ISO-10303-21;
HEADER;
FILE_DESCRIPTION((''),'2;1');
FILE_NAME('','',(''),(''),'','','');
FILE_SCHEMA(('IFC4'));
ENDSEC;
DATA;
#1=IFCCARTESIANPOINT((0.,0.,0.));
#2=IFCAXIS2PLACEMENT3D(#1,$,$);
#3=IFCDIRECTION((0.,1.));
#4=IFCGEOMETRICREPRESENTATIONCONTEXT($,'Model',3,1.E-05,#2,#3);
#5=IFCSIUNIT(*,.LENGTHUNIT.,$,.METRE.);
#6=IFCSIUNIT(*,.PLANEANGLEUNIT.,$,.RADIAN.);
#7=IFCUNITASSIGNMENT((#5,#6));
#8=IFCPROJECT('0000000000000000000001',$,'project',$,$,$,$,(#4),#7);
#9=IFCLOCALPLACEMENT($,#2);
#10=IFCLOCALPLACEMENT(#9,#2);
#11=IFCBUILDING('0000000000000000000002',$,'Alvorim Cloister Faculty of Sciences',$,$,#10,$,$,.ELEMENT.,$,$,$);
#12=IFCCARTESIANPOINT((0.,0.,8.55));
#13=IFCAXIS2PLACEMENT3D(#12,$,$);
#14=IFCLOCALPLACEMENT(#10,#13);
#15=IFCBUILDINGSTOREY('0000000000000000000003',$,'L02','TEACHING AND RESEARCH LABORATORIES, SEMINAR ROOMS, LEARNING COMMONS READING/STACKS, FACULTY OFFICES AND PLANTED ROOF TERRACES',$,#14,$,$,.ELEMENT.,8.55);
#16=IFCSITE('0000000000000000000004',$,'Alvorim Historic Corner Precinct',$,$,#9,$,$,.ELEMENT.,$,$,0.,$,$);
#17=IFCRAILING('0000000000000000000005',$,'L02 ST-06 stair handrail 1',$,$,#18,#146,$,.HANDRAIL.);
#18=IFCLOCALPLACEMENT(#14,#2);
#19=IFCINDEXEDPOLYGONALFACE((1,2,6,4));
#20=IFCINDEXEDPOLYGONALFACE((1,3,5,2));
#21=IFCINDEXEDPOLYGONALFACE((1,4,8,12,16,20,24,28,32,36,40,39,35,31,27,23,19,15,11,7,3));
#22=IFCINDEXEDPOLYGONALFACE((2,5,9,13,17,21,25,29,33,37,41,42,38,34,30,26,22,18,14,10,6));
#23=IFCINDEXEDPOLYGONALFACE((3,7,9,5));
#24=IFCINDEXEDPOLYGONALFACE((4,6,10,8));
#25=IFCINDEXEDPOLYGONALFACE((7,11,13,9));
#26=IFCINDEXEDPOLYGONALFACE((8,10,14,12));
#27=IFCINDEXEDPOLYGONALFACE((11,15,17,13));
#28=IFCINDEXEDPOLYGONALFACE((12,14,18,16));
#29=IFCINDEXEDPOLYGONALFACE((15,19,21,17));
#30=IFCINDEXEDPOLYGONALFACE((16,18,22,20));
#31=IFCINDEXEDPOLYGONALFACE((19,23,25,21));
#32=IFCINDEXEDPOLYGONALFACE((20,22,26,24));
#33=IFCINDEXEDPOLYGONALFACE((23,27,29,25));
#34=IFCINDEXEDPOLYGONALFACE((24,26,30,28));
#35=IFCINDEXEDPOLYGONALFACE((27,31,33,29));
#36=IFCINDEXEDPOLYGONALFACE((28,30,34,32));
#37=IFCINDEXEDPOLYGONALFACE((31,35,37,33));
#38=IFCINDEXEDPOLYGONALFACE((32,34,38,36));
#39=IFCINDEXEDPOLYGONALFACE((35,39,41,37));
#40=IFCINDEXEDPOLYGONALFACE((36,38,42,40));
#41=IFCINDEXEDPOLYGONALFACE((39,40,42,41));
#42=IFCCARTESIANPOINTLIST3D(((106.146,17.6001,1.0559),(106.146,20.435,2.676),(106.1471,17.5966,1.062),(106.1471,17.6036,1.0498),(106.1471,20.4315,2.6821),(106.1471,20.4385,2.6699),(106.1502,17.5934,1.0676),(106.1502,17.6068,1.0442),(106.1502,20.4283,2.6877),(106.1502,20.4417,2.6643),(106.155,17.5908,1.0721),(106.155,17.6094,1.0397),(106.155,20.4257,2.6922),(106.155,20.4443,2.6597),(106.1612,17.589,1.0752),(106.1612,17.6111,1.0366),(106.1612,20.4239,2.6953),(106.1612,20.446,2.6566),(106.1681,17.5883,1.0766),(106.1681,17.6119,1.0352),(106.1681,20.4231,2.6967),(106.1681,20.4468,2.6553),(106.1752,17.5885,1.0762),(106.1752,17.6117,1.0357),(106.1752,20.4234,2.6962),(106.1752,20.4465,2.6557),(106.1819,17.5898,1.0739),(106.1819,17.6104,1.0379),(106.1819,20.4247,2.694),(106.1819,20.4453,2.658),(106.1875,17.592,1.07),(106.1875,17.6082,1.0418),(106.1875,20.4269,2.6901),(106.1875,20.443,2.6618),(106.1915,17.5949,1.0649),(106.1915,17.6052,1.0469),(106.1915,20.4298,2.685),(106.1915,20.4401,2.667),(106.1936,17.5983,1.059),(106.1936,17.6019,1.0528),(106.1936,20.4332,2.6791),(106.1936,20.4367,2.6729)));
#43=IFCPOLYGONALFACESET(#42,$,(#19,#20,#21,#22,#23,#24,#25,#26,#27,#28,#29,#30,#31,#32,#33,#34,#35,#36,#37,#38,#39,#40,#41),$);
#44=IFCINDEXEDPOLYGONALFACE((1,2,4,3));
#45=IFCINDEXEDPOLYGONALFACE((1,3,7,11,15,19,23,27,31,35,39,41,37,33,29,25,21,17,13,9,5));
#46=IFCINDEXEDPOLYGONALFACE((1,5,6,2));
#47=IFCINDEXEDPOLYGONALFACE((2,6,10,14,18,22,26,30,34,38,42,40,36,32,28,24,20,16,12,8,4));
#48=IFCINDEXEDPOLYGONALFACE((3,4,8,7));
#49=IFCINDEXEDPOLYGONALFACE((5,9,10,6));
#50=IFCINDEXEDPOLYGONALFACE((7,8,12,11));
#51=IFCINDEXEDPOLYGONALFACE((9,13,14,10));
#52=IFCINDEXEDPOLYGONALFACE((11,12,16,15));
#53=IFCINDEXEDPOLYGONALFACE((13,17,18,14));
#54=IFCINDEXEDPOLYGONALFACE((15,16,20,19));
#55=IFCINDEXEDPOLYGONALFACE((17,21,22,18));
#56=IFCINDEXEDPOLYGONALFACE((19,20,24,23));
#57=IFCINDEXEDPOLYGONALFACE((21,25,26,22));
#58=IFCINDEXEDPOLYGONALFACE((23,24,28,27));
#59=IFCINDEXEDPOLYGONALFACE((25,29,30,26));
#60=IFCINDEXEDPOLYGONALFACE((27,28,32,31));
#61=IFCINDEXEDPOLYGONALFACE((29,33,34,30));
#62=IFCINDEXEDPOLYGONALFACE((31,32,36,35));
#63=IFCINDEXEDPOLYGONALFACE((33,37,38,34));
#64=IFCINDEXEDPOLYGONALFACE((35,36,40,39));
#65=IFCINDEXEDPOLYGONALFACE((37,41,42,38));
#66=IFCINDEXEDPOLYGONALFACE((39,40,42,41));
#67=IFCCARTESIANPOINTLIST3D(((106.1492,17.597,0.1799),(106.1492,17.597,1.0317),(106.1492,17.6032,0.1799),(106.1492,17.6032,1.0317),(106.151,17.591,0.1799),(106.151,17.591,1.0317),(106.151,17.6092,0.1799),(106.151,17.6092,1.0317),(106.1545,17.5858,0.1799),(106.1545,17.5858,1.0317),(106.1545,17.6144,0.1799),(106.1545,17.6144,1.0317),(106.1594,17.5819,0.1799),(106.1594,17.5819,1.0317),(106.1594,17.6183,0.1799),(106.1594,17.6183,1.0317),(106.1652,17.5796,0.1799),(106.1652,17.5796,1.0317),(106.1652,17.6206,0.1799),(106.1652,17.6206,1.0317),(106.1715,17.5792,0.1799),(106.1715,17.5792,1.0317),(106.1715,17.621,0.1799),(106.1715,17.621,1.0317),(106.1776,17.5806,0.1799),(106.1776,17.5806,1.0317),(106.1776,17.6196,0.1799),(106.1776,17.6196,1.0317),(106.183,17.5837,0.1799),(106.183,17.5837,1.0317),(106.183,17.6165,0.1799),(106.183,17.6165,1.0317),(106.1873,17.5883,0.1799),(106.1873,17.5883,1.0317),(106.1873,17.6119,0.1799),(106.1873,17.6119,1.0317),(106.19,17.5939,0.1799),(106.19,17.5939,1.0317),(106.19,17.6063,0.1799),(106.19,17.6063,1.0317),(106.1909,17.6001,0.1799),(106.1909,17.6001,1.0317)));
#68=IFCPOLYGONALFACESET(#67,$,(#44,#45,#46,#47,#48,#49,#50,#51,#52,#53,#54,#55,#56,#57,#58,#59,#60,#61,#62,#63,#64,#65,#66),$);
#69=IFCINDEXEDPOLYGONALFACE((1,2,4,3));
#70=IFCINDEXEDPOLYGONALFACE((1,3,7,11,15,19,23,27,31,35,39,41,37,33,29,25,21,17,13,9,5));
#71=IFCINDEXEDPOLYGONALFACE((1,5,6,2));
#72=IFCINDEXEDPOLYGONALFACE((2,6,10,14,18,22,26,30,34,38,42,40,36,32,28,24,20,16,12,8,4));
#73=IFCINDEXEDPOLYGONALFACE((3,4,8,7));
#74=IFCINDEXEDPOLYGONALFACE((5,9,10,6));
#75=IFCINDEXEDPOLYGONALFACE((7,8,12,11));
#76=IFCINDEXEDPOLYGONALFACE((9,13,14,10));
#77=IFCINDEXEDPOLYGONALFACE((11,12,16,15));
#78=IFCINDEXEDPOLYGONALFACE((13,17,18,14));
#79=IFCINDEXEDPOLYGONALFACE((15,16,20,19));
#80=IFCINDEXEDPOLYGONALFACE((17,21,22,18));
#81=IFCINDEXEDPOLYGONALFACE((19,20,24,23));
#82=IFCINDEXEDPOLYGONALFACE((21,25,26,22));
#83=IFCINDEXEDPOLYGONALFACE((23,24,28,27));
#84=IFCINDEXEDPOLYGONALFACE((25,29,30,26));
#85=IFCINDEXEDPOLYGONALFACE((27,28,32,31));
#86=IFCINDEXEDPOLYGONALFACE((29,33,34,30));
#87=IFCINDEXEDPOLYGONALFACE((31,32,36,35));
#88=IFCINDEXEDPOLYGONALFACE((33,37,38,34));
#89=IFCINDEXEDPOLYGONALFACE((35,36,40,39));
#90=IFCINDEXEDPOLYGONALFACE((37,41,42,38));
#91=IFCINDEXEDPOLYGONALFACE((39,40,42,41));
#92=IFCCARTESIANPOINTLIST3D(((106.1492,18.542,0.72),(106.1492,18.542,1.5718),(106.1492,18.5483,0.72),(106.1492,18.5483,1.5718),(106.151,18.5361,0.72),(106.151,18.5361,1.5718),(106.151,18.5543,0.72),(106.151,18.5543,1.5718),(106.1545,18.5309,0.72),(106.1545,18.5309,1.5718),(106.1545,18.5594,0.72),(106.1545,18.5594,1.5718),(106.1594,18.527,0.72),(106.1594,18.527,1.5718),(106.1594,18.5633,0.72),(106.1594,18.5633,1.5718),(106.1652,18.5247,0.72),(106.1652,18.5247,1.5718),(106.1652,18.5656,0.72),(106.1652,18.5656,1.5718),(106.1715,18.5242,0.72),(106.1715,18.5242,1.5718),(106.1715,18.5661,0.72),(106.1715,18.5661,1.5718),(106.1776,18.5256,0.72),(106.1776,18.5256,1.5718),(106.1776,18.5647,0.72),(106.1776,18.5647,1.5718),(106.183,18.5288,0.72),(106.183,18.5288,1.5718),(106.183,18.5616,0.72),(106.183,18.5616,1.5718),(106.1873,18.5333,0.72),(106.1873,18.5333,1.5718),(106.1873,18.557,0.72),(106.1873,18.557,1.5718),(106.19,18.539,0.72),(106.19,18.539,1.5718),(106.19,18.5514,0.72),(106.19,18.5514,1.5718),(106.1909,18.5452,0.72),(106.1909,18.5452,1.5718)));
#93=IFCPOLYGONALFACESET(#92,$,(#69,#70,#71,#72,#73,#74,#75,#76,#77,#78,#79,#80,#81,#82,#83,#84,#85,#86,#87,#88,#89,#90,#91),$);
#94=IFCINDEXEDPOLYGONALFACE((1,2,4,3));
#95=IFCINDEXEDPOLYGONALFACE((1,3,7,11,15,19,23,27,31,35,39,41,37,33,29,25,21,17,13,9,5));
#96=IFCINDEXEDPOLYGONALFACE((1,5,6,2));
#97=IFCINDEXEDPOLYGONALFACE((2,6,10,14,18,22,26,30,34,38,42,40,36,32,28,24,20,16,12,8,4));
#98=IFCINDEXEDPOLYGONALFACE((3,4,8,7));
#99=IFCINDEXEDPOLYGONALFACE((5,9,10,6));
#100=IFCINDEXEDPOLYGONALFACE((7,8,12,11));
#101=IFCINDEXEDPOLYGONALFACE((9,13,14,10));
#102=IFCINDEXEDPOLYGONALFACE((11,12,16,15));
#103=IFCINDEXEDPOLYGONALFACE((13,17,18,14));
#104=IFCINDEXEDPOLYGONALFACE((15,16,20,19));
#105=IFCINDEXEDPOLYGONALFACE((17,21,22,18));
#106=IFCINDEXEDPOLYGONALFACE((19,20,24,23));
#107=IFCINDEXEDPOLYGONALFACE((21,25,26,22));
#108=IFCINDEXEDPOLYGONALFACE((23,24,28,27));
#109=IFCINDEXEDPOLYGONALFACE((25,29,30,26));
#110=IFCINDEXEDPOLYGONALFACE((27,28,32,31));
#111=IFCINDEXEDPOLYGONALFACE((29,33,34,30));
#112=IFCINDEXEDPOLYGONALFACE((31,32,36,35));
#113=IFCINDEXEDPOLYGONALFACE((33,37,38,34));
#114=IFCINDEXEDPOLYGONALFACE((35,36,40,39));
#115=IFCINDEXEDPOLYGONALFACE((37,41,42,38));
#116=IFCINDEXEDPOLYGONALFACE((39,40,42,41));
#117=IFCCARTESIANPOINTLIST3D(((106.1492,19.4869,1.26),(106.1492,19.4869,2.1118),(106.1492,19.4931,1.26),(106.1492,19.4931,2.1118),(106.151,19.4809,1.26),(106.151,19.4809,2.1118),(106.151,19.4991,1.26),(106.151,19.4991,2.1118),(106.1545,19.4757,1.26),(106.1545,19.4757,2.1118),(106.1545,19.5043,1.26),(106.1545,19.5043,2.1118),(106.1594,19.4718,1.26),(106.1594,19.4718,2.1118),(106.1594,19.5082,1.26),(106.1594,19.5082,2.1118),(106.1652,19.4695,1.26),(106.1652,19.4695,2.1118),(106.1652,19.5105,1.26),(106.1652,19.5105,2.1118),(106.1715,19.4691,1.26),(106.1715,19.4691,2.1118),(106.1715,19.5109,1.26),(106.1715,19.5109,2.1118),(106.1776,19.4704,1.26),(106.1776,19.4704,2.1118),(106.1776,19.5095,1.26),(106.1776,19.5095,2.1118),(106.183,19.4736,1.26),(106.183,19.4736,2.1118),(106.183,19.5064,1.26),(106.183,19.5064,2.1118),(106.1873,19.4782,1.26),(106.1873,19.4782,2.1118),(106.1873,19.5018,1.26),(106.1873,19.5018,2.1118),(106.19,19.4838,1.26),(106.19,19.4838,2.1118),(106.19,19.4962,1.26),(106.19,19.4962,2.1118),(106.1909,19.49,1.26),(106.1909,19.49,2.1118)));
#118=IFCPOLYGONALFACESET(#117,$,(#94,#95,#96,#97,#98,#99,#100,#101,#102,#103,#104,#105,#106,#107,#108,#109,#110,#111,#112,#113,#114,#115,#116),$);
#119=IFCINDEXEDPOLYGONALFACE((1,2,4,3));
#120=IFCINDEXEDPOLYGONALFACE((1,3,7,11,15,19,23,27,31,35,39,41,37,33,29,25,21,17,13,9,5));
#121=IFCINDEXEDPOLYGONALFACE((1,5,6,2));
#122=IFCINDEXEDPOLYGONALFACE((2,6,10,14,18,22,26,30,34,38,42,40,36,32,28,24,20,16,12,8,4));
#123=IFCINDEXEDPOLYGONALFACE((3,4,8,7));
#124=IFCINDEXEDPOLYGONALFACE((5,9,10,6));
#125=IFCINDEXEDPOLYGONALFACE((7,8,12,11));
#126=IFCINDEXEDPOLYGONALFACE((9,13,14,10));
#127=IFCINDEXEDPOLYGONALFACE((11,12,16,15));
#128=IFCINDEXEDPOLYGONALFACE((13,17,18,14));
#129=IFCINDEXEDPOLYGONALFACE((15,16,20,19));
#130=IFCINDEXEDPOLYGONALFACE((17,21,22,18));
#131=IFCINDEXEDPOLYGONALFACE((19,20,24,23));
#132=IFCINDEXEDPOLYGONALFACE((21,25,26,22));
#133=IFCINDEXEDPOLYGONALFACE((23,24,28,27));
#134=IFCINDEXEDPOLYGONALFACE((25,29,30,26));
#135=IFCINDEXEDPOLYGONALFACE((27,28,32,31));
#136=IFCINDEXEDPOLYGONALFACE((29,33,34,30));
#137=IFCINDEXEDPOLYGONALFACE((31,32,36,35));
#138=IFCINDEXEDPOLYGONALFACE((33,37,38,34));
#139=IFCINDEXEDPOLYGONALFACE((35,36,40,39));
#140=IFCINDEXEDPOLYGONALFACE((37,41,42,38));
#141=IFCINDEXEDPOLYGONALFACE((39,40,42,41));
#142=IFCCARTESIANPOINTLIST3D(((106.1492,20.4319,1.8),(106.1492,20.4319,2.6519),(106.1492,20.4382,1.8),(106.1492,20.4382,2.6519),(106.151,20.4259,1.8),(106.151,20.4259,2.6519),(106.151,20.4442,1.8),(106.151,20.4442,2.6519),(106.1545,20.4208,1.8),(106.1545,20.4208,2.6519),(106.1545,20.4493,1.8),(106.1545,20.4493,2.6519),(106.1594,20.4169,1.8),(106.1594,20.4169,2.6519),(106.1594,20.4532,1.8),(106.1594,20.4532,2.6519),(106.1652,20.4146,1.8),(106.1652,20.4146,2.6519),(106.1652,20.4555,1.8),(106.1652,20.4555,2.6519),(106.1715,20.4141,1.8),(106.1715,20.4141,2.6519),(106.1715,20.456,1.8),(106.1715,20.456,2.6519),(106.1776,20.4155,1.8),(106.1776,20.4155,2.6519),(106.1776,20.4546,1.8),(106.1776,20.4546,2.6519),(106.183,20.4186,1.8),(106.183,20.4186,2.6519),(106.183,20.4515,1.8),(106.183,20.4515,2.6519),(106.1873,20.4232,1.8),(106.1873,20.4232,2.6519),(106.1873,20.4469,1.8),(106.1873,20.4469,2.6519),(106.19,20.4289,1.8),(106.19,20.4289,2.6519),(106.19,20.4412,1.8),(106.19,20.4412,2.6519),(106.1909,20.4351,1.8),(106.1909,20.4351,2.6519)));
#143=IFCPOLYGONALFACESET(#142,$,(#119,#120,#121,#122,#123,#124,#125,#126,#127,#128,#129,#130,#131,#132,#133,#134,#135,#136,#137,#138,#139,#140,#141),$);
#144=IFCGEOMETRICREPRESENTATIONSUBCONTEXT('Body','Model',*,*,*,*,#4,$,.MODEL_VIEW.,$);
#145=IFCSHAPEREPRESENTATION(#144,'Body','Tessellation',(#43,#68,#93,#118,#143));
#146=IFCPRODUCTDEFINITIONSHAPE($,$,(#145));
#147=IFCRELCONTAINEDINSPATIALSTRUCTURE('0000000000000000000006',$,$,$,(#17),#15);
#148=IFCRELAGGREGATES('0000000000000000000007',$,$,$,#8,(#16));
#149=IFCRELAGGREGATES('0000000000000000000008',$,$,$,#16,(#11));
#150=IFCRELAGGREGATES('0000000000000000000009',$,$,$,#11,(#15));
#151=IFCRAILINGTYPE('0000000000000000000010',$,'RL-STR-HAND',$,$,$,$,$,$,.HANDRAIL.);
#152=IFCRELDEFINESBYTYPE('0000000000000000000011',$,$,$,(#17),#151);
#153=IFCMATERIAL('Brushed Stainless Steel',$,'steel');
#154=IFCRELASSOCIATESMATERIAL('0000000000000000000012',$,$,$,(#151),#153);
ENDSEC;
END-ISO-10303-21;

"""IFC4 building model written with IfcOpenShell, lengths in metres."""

from ifc_helpers import new_model, si_unit, direction, frame, origin, origin_2d, place, context, subcontext, project, spatial, circle, extrude, material, type_object, element, save


model = new_model("IFC4")

# Units and contexts
model_context = context("Model", 3, precision=1e-05, world=origin(), true_north=direction((0.0, 1.0)))
body_context = subcontext(model_context, "Body", "Model", "MODEL_VIEW")
ifc_project = project(units=[si_unit("LENGTHUNIT", "METRE"), si_unit("PLANEANGLEUNIT", "RADIAN")], contexts=[model_context])

# Site, building, storey
site_placement = place(None, origin())
site = spatial("IfcSite", under=ifc_project, at=site_placement, Name="Alvorim Historic Corner Precinct", CompositionType="ELEMENT", RefElevation=0.0)
building_placement = place(site_placement, origin())
building = spatial("IfcBuilding", under=site, at=building_placement, Name="Alvorim Cloister Faculty of Sciences", CompositionType="ELEMENT")
storey_placement = place(building_placement, frame((0.0, 0.0, 8.55)))
storey = spatial("IfcBuildingStorey", under=building, at=storey_placement, Name="L02", Description="TEACHING AND RESEARCH LABORATORIES, SEMINAR ROOMS, LEARNING COMMONS READING/STACKS, FACULTY OFFICES AND PLANTED ROOF TERRACES", CompositionType="ELEMENT", Elevation=8.55)

# Railing
ifc_material_1 = material(Name="Brushed Stainless Steel", Category="steel")
railing_type_1 = type_object("IfcRailingType", Name="RL-STR-HAND", PredefinedType="HANDRAIL", material=ifc_material_1)
railing_1_placement = place(storey_placement, frame((106.1699, 17.6001, 0.1799)))
element("IfcRailing", 1, at=railing_1_placement, inside=storey, type_object=railing_type_1, Name="L02 ST-06 stair handrail 1", PredefinedType="HANDRAIL", context=body_context, shape_type="SweptSolid", body=[
    extrude(circle(Radius=0.0239, at=origin_2d()), frame((0.0, 0.0, 0.876), z_axis=(0.0, 0.868225, 0.496171), x_axis=(-1.0, 0.0, 0.0)), (0.0, 0.0, 1.0), 3.2651),
    extrude(circle(Radius=0.021, at=origin_2d()), origin(), (0.0, 0.0, 1.0), 0.8518),
    extrude(circle(Radius=0.021, at=origin_2d()), frame((0.0, 0.9451, 0.54)), (0.0, 0.0, 1.0), 0.8518),
    extrude(circle(Radius=0.021, at=origin_2d()), frame((0.0, 1.8899, 1.0801)), (0.0, 0.0, 1.0), 0.8518),
    extrude(circle(Radius=0.021, at=origin_2d()), frame((0.0, 2.835, 1.6201)), (0.0, 0.0, 1.0), 0.8518),
])

save(model, "model.ifc")
